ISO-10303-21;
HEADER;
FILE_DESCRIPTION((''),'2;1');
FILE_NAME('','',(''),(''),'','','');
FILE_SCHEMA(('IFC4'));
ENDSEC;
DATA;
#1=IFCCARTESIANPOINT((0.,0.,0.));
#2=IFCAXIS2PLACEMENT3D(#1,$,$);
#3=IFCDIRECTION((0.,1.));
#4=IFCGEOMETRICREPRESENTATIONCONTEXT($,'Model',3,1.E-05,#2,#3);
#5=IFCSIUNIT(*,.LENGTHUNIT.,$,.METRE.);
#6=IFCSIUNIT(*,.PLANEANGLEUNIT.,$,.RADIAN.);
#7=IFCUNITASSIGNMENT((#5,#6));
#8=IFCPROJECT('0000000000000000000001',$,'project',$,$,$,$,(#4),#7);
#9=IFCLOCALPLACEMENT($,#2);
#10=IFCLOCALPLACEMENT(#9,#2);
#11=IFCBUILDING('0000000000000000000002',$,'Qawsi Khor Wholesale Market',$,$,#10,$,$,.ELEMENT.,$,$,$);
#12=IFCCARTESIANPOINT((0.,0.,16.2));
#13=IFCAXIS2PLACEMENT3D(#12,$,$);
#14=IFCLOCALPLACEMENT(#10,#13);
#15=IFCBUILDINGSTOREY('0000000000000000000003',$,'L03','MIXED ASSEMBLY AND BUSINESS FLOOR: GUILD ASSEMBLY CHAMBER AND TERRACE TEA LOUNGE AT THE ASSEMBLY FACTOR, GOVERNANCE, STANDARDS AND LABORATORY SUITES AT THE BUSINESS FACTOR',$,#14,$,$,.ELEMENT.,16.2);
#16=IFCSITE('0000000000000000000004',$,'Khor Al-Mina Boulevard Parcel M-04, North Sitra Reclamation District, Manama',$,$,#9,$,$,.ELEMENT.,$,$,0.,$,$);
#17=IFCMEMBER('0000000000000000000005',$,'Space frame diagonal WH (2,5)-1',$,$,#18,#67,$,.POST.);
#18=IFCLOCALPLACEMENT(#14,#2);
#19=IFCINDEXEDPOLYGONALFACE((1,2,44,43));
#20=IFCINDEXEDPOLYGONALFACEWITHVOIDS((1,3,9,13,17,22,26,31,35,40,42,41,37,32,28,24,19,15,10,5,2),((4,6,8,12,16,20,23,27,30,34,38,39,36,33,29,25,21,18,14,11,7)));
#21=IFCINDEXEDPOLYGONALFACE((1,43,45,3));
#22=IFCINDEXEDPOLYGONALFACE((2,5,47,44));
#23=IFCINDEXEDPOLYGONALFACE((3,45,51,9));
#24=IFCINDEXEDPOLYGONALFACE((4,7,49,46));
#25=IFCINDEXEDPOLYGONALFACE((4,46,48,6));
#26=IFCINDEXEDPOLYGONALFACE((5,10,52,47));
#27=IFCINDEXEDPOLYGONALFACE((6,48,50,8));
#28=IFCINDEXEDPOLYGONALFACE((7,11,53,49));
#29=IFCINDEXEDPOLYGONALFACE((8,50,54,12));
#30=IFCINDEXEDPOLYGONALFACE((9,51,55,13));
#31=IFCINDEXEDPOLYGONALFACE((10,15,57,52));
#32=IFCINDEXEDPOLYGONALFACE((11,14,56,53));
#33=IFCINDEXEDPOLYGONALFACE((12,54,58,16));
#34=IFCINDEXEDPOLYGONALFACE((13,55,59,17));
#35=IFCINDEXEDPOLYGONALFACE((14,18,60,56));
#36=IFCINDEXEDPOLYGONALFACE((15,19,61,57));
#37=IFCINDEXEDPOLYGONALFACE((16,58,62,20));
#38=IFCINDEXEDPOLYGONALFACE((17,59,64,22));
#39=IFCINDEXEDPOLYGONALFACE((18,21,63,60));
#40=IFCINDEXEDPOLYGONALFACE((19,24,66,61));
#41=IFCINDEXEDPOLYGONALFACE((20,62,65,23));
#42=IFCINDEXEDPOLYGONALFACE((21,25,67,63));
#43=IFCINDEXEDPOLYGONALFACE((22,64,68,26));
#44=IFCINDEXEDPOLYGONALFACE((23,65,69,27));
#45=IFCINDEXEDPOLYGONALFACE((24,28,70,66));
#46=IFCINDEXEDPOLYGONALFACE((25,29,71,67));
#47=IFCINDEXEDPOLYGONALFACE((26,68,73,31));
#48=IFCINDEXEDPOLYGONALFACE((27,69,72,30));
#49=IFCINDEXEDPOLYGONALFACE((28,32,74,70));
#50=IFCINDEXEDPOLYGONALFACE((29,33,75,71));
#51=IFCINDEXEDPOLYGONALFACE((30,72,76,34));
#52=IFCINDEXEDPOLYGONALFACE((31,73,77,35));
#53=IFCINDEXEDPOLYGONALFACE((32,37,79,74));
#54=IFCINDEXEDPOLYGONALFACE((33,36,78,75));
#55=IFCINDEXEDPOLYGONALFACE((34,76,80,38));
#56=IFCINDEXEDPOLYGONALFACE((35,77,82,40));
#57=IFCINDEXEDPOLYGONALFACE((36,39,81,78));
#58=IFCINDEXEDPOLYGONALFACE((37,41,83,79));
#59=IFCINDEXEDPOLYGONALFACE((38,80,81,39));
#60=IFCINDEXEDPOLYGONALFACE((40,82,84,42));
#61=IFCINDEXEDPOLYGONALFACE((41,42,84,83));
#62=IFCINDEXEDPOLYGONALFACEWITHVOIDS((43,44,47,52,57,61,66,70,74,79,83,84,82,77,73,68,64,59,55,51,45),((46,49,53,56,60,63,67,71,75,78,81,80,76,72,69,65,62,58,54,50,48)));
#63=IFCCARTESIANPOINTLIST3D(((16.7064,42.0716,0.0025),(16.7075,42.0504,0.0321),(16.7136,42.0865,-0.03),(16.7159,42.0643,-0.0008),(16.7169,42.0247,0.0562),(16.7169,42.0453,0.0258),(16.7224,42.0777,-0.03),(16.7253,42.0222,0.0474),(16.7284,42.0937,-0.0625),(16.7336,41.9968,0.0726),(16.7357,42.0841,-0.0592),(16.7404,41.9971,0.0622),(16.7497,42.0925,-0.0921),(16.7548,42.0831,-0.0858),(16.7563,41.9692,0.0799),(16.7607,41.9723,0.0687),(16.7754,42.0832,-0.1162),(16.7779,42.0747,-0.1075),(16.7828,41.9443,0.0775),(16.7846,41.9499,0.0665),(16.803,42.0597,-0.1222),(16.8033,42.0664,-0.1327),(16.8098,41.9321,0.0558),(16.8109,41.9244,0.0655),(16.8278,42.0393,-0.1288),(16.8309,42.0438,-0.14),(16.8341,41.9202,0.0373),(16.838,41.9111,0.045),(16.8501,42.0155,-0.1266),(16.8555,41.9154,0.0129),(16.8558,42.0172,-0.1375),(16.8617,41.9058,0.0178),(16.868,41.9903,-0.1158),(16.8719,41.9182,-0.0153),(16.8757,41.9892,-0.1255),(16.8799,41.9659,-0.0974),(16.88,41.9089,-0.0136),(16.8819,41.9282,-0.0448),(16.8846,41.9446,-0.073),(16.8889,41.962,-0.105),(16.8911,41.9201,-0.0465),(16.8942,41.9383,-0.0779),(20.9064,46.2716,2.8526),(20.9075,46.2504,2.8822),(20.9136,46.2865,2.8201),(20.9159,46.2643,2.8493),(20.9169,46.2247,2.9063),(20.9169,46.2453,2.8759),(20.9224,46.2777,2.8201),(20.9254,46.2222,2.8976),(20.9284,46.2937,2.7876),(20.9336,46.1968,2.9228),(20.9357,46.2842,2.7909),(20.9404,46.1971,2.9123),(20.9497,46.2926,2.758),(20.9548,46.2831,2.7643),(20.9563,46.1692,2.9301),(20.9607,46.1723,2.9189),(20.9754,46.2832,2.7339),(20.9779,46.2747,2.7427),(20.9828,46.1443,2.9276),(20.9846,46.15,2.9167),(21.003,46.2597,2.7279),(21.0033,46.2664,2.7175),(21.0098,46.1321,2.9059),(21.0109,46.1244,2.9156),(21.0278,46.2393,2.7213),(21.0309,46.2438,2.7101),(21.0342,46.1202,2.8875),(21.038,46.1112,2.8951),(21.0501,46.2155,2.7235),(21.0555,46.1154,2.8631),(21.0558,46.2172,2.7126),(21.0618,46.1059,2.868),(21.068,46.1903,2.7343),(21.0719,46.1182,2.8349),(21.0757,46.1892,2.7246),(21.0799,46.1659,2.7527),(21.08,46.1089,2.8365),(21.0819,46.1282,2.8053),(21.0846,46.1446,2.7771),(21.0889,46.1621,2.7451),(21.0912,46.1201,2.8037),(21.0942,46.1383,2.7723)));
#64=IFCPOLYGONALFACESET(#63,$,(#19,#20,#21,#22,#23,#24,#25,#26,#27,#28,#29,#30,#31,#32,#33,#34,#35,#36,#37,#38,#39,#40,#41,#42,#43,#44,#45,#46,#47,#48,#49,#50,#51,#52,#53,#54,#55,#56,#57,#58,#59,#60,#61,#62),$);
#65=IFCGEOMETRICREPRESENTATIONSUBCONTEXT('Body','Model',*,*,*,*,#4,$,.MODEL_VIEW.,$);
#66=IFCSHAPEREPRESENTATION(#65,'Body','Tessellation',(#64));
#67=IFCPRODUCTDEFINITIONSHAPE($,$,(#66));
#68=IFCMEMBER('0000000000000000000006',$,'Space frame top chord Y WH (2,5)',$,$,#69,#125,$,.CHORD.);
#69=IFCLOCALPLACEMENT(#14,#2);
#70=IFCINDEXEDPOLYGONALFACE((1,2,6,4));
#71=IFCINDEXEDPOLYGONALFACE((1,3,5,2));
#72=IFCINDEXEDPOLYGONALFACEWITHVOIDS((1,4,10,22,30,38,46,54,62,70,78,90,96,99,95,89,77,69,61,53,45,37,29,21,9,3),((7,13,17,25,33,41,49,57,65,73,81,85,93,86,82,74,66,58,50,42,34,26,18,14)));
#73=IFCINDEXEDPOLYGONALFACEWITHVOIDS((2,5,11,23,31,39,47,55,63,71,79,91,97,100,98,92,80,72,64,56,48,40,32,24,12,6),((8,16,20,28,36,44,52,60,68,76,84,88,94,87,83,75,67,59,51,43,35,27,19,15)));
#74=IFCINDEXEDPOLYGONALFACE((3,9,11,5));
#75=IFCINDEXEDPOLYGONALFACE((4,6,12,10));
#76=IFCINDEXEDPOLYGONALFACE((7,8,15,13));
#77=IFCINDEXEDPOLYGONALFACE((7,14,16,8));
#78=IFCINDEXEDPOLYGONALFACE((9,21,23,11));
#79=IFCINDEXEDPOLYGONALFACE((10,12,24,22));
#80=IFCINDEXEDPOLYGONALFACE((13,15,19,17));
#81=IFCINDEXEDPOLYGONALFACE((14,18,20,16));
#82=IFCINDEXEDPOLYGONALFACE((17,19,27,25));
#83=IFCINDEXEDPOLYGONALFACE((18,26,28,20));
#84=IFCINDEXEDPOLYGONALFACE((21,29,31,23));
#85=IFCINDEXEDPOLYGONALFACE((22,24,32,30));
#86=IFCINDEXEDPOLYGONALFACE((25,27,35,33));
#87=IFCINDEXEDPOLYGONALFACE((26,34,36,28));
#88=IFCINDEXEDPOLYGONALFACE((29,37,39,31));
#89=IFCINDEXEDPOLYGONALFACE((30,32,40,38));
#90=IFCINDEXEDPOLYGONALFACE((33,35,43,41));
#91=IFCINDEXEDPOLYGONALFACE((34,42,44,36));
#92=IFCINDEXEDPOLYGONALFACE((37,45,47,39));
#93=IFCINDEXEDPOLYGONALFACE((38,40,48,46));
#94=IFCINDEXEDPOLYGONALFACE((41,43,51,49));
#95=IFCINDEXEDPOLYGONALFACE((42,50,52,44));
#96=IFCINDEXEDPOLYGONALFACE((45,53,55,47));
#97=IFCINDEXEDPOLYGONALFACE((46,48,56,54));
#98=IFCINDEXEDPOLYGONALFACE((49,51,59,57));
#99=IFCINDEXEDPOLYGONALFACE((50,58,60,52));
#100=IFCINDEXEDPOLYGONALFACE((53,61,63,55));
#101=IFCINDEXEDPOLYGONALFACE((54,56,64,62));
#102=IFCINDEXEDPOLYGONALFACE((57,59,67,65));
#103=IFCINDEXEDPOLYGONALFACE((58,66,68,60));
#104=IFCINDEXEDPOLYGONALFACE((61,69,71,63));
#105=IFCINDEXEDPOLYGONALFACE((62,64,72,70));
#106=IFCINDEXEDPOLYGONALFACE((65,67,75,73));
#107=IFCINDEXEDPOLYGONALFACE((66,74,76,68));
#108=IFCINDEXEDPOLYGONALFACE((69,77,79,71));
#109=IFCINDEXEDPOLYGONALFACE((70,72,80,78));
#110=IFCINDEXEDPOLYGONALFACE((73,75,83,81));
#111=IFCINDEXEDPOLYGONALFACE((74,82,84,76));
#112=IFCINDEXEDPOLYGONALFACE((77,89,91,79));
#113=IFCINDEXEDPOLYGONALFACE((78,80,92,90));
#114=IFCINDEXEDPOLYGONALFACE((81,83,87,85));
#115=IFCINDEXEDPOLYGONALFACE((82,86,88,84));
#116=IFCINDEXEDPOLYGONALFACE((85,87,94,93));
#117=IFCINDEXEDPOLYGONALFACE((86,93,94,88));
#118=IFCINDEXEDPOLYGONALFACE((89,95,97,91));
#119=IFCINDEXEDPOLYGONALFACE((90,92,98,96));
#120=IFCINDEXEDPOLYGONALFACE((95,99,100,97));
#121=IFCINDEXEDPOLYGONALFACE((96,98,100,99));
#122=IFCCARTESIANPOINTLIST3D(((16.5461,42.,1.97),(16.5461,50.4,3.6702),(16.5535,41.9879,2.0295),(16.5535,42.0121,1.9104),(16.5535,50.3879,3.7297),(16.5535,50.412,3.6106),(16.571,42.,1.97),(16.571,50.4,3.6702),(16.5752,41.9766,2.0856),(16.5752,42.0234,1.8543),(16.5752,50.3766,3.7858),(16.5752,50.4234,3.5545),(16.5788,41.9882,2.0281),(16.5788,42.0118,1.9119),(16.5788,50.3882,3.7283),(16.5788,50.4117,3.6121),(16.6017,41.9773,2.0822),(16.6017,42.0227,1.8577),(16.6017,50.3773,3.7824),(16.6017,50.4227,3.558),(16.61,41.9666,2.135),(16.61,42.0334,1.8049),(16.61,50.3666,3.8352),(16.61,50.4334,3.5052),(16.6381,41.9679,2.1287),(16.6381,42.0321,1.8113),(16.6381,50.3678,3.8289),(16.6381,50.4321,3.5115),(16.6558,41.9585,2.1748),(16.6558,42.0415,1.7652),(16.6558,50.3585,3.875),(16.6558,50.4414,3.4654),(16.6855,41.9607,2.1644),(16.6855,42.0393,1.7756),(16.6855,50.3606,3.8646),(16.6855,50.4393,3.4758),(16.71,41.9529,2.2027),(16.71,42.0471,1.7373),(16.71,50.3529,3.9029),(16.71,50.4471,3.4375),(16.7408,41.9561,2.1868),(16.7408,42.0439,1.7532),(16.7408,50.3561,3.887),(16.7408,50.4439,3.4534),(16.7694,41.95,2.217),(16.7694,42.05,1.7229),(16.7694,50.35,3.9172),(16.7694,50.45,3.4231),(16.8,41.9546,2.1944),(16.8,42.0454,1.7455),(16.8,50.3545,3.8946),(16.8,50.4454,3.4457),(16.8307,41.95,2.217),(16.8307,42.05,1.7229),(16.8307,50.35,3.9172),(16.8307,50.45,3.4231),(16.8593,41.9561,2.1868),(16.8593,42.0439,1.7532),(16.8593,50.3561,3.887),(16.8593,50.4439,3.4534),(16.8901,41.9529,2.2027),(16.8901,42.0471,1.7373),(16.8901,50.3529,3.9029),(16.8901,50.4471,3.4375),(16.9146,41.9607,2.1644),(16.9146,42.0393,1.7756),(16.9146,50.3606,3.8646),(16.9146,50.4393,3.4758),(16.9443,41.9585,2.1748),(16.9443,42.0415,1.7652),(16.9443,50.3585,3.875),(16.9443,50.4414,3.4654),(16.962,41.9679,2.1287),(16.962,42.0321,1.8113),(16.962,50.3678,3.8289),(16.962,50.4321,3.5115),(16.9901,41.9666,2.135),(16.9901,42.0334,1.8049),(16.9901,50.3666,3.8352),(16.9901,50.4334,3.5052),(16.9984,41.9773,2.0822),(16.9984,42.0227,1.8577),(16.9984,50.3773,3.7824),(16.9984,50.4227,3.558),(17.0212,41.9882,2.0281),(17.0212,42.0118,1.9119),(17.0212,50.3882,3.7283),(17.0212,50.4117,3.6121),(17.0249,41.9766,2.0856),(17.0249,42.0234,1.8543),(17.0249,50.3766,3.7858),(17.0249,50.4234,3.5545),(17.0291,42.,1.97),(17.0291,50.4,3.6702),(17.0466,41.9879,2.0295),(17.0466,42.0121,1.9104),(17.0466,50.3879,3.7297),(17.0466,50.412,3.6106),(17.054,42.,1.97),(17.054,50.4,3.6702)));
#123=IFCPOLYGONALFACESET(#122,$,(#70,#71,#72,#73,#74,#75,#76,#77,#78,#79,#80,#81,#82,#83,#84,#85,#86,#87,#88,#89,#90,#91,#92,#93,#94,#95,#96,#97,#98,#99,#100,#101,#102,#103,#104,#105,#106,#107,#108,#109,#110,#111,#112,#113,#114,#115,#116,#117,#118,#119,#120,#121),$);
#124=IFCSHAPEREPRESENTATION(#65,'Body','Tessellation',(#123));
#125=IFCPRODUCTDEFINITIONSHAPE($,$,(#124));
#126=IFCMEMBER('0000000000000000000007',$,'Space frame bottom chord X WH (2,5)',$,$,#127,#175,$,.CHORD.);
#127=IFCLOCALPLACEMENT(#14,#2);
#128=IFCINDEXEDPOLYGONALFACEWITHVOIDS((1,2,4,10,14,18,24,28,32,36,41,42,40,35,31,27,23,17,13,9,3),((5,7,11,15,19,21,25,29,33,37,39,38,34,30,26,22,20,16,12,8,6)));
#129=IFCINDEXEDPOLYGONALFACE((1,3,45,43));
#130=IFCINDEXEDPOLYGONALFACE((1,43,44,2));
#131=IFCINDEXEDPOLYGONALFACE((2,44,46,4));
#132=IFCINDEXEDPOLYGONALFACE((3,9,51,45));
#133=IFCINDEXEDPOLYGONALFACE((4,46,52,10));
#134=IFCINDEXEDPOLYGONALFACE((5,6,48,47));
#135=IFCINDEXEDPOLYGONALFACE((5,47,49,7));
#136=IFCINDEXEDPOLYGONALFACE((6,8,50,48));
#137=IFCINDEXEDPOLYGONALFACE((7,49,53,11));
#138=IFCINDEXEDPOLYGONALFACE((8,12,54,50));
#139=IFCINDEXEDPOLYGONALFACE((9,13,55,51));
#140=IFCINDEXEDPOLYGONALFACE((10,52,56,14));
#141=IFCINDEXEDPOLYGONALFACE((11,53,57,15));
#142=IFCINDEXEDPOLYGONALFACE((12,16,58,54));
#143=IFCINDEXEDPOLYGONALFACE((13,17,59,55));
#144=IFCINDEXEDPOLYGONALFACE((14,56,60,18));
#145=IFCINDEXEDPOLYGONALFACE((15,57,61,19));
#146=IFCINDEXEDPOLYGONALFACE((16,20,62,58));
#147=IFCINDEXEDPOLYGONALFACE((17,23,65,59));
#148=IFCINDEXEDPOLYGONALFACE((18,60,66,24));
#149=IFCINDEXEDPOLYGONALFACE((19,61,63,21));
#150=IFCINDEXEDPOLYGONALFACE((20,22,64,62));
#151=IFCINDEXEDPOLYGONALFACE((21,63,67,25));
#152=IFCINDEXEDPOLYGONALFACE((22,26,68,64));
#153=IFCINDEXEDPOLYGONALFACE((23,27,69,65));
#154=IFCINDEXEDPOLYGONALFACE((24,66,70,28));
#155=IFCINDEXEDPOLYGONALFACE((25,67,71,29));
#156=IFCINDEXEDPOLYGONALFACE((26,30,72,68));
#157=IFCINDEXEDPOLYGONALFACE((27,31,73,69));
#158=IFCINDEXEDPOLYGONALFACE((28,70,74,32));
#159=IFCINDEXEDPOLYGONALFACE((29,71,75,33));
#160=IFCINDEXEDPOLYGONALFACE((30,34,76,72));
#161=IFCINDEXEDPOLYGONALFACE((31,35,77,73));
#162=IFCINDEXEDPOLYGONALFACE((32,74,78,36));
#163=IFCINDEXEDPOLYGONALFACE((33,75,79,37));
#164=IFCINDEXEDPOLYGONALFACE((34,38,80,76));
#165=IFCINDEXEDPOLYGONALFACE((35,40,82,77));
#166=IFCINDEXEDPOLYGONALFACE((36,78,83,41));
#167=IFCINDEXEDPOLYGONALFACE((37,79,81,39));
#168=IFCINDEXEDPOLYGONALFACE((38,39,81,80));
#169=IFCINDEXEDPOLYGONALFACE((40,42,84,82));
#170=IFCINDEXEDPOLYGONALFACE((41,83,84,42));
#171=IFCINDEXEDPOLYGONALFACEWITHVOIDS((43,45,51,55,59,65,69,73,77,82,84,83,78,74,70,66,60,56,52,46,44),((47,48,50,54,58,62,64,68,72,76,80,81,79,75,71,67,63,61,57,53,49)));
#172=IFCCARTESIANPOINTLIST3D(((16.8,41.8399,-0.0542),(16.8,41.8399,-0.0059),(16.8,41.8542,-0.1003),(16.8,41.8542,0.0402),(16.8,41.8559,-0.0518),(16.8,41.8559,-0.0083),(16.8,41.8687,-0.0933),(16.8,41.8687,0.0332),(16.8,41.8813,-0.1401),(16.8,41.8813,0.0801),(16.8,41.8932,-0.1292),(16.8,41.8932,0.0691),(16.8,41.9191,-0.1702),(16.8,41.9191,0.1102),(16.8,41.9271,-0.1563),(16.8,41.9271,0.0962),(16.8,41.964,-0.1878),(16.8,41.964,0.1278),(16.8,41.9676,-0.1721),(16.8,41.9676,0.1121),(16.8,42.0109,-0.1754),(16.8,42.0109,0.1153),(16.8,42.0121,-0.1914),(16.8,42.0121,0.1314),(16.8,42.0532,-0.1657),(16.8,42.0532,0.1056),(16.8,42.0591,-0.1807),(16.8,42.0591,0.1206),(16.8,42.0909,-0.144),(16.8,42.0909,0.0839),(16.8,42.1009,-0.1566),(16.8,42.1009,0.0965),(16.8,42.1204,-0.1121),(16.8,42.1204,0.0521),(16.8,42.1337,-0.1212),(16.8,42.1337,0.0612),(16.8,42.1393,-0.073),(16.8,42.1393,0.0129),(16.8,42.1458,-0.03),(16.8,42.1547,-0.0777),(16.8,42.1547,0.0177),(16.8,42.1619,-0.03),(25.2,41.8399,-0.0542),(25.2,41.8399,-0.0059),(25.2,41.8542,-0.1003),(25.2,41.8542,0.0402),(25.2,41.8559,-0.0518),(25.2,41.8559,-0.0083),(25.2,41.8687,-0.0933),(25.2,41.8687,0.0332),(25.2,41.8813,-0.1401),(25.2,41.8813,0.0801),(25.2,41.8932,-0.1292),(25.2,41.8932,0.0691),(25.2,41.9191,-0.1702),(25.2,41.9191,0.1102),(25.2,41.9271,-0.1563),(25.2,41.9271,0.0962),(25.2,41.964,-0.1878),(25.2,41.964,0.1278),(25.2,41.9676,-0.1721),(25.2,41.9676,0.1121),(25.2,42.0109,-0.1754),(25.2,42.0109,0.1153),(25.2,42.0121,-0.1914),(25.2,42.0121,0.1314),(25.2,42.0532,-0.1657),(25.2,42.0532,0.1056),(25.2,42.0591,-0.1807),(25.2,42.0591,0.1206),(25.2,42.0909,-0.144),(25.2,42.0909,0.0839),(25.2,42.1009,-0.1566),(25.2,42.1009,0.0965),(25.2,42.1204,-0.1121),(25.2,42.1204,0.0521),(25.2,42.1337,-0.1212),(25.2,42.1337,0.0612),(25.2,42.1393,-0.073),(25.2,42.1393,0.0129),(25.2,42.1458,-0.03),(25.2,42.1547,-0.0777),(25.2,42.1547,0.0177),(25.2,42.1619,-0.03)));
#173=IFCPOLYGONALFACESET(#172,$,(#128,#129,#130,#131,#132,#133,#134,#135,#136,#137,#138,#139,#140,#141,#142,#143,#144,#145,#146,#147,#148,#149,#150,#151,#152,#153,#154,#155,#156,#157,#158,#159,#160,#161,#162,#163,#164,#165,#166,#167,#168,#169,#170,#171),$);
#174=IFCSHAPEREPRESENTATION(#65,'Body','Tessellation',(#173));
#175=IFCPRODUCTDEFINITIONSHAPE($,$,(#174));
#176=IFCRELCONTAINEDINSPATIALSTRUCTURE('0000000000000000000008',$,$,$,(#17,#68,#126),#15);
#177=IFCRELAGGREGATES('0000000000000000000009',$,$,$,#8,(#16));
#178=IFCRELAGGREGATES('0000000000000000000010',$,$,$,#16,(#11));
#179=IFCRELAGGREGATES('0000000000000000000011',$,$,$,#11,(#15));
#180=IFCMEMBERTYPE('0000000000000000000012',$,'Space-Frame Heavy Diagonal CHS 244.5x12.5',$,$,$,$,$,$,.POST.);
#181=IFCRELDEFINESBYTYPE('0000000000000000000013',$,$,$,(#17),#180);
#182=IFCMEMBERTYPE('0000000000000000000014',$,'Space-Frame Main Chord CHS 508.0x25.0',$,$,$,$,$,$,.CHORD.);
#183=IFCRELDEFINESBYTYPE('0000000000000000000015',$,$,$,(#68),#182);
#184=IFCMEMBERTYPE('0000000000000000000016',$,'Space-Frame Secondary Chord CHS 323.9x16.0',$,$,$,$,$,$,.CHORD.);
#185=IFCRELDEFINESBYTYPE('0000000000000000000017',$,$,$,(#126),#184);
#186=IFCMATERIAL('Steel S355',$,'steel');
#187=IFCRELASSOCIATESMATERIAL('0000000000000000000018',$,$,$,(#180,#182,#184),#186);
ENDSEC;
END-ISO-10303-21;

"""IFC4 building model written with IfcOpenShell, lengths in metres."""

from ifc_helpers import new_model, si_unit, direction, frame, origin, origin_2d, place, context, subcontext, project, spatial, hollow_circle, extrude, material, material_profile, profile_set, type_object, element, save


model = new_model("IFC4")

# Units and contexts
model_context = context("Model", 3, precision=1e-05, world=origin(), true_north=direction((0.0, 1.0)))
body_context = subcontext(model_context, "Body", "Model", "MODEL_VIEW")
ifc_project = project(units=[si_unit("LENGTHUNIT", "METRE"), si_unit("PLANEANGLEUNIT", "RADIAN")], contexts=[model_context])

# Site, building, storey
site_placement = place(None, origin())
site = spatial("IfcSite", under=ifc_project, at=site_placement, Name="Khor Al-Mina Boulevard Parcel M-04, North Sitra Reclamation District, Manama", CompositionType="ELEMENT", RefElevation=0.0)
building_placement = place(site_placement, origin())
building = spatial("IfcBuilding", under=site, at=building_placement, Name="Qawsi Khor Wholesale Market", CompositionType="ELEMENT")
storey_placement = place(building_placement, frame((0.0, 0.0, 16.2)))
storey = spatial("IfcBuildingStorey", under=building, at=storey_placement, Name="L03", Description="MIXED ASSEMBLY AND BUSINESS FLOOR: GUILD ASSEMBLY CHAMBER AND TERRACE TEA LOUNGE AT THE ASSEMBLY FACTOR, GOVERNANCE, STANDARDS AND LABORATORY SUITES AT THE BUSINESS FACTOR", CompositionType="ELEMENT", Elevation=16.2)

# Members
ifc_material_1 = material(Name="Steel S355", Category="steel")
ifc_material_profile_1 = material_profile(ifc_material_1, hollow_circle(Radius=0.1223, WallThickness=0.0125, at=origin_2d()), Name="CHS 244.5x12.5")
ifc_profile_set_1 = profile_set([ifc_material_profile_1], Name="Steel S355")
member_type_1 = type_object("IfcMemberType", Name="Space-Frame Heavy Diagonal CHS 244.5x12.5", PredefinedType="POST", material=ifc_profile_set_1)
for number, where, z_axis, x_axis, name in (
    (1, (16.8, 42.0, -0.03), (0.637512, 0.637512, 0.432617), (-0.707107, 0.707107, 0.0), "Space frame diagonal WH (2,5)-1"),
):
    element("IfcMember", number, at=place(storey_placement, frame(where, z_axis=z_axis, x_axis=x_axis)), inside=storey, type_object=member_type_1, Name=name, PredefinedType="POST", context=body_context, shape_type="SweptSolid", body=[
        extrude(hollow_circle(Radius=0.1223, WallThickness=0.0125, at=origin_2d()), origin(), (0.0, 0.0, 1.0), 6.5881),
    ])
ifc_material_profile_2 = material_profile(ifc_material_1, hollow_circle(Radius=0.2539, WallThickness=0.0249, at=origin_2d()), Name="CHS 508.0x25.0")
ifc_profile_set_2 = profile_set([ifc_material_profile_2], Name="Steel S355")
member_type_2 = type_object("IfcMemberType", Name="Space-Frame Main Chord CHS 508.0x25.0", PredefinedType="CHORD", material=ifc_profile_set_2)
member_1_placement = place(storey_placement, frame((16.8, 42.0, 1.97), z_axis=(0.0, 0.980124, 0.198384), x_axis=(-1.0, 0.0, 0.0)))
element("IfcMember", 2, at=member_1_placement, inside=storey, type_object=member_type_2, Name="Space frame top chord Y WH (2,5)", PredefinedType="CHORD", context=body_context, shape_type="SweptSolid", body=[
    extrude(hollow_circle(Radius=0.2539, WallThickness=0.0249, at=origin_2d()), origin(), (0.0, 0.0, 1.0), 8.5703),
])
ifc_material_profile_3 = material_profile(ifc_material_1, hollow_circle(Radius=0.1619, WallThickness=0.0161, at=origin_2d()), Name="CHS 323.9x16.0")
ifc_profile_set_3 = profile_set([ifc_material_profile_3], Name="Steel S355")
member_type_3 = type_object("IfcMemberType", Name="Space-Frame Secondary Chord CHS 323.9x16.0", PredefinedType="CHORD", material=ifc_profile_set_3)
member_2_placement = place(storey_placement, frame((16.8, 42.0, -0.03), z_axis=(1.0, 0.0, 0.0), x_axis=(0.0, 1.0, 0.0)))
element("IfcMember", 3, at=member_2_placement, inside=storey, type_object=member_type_3, Name="Space frame bottom chord X WH (2,5)", PredefinedType="CHORD", context=body_context, shape_type="SweptSolid", body=[
    extrude(hollow_circle(Radius=0.1619, WallThickness=0.0161, at=origin_2d()), origin(), (0.0, 0.0, 1.0), 8.3999),
])

save(model, "model.ifc")
